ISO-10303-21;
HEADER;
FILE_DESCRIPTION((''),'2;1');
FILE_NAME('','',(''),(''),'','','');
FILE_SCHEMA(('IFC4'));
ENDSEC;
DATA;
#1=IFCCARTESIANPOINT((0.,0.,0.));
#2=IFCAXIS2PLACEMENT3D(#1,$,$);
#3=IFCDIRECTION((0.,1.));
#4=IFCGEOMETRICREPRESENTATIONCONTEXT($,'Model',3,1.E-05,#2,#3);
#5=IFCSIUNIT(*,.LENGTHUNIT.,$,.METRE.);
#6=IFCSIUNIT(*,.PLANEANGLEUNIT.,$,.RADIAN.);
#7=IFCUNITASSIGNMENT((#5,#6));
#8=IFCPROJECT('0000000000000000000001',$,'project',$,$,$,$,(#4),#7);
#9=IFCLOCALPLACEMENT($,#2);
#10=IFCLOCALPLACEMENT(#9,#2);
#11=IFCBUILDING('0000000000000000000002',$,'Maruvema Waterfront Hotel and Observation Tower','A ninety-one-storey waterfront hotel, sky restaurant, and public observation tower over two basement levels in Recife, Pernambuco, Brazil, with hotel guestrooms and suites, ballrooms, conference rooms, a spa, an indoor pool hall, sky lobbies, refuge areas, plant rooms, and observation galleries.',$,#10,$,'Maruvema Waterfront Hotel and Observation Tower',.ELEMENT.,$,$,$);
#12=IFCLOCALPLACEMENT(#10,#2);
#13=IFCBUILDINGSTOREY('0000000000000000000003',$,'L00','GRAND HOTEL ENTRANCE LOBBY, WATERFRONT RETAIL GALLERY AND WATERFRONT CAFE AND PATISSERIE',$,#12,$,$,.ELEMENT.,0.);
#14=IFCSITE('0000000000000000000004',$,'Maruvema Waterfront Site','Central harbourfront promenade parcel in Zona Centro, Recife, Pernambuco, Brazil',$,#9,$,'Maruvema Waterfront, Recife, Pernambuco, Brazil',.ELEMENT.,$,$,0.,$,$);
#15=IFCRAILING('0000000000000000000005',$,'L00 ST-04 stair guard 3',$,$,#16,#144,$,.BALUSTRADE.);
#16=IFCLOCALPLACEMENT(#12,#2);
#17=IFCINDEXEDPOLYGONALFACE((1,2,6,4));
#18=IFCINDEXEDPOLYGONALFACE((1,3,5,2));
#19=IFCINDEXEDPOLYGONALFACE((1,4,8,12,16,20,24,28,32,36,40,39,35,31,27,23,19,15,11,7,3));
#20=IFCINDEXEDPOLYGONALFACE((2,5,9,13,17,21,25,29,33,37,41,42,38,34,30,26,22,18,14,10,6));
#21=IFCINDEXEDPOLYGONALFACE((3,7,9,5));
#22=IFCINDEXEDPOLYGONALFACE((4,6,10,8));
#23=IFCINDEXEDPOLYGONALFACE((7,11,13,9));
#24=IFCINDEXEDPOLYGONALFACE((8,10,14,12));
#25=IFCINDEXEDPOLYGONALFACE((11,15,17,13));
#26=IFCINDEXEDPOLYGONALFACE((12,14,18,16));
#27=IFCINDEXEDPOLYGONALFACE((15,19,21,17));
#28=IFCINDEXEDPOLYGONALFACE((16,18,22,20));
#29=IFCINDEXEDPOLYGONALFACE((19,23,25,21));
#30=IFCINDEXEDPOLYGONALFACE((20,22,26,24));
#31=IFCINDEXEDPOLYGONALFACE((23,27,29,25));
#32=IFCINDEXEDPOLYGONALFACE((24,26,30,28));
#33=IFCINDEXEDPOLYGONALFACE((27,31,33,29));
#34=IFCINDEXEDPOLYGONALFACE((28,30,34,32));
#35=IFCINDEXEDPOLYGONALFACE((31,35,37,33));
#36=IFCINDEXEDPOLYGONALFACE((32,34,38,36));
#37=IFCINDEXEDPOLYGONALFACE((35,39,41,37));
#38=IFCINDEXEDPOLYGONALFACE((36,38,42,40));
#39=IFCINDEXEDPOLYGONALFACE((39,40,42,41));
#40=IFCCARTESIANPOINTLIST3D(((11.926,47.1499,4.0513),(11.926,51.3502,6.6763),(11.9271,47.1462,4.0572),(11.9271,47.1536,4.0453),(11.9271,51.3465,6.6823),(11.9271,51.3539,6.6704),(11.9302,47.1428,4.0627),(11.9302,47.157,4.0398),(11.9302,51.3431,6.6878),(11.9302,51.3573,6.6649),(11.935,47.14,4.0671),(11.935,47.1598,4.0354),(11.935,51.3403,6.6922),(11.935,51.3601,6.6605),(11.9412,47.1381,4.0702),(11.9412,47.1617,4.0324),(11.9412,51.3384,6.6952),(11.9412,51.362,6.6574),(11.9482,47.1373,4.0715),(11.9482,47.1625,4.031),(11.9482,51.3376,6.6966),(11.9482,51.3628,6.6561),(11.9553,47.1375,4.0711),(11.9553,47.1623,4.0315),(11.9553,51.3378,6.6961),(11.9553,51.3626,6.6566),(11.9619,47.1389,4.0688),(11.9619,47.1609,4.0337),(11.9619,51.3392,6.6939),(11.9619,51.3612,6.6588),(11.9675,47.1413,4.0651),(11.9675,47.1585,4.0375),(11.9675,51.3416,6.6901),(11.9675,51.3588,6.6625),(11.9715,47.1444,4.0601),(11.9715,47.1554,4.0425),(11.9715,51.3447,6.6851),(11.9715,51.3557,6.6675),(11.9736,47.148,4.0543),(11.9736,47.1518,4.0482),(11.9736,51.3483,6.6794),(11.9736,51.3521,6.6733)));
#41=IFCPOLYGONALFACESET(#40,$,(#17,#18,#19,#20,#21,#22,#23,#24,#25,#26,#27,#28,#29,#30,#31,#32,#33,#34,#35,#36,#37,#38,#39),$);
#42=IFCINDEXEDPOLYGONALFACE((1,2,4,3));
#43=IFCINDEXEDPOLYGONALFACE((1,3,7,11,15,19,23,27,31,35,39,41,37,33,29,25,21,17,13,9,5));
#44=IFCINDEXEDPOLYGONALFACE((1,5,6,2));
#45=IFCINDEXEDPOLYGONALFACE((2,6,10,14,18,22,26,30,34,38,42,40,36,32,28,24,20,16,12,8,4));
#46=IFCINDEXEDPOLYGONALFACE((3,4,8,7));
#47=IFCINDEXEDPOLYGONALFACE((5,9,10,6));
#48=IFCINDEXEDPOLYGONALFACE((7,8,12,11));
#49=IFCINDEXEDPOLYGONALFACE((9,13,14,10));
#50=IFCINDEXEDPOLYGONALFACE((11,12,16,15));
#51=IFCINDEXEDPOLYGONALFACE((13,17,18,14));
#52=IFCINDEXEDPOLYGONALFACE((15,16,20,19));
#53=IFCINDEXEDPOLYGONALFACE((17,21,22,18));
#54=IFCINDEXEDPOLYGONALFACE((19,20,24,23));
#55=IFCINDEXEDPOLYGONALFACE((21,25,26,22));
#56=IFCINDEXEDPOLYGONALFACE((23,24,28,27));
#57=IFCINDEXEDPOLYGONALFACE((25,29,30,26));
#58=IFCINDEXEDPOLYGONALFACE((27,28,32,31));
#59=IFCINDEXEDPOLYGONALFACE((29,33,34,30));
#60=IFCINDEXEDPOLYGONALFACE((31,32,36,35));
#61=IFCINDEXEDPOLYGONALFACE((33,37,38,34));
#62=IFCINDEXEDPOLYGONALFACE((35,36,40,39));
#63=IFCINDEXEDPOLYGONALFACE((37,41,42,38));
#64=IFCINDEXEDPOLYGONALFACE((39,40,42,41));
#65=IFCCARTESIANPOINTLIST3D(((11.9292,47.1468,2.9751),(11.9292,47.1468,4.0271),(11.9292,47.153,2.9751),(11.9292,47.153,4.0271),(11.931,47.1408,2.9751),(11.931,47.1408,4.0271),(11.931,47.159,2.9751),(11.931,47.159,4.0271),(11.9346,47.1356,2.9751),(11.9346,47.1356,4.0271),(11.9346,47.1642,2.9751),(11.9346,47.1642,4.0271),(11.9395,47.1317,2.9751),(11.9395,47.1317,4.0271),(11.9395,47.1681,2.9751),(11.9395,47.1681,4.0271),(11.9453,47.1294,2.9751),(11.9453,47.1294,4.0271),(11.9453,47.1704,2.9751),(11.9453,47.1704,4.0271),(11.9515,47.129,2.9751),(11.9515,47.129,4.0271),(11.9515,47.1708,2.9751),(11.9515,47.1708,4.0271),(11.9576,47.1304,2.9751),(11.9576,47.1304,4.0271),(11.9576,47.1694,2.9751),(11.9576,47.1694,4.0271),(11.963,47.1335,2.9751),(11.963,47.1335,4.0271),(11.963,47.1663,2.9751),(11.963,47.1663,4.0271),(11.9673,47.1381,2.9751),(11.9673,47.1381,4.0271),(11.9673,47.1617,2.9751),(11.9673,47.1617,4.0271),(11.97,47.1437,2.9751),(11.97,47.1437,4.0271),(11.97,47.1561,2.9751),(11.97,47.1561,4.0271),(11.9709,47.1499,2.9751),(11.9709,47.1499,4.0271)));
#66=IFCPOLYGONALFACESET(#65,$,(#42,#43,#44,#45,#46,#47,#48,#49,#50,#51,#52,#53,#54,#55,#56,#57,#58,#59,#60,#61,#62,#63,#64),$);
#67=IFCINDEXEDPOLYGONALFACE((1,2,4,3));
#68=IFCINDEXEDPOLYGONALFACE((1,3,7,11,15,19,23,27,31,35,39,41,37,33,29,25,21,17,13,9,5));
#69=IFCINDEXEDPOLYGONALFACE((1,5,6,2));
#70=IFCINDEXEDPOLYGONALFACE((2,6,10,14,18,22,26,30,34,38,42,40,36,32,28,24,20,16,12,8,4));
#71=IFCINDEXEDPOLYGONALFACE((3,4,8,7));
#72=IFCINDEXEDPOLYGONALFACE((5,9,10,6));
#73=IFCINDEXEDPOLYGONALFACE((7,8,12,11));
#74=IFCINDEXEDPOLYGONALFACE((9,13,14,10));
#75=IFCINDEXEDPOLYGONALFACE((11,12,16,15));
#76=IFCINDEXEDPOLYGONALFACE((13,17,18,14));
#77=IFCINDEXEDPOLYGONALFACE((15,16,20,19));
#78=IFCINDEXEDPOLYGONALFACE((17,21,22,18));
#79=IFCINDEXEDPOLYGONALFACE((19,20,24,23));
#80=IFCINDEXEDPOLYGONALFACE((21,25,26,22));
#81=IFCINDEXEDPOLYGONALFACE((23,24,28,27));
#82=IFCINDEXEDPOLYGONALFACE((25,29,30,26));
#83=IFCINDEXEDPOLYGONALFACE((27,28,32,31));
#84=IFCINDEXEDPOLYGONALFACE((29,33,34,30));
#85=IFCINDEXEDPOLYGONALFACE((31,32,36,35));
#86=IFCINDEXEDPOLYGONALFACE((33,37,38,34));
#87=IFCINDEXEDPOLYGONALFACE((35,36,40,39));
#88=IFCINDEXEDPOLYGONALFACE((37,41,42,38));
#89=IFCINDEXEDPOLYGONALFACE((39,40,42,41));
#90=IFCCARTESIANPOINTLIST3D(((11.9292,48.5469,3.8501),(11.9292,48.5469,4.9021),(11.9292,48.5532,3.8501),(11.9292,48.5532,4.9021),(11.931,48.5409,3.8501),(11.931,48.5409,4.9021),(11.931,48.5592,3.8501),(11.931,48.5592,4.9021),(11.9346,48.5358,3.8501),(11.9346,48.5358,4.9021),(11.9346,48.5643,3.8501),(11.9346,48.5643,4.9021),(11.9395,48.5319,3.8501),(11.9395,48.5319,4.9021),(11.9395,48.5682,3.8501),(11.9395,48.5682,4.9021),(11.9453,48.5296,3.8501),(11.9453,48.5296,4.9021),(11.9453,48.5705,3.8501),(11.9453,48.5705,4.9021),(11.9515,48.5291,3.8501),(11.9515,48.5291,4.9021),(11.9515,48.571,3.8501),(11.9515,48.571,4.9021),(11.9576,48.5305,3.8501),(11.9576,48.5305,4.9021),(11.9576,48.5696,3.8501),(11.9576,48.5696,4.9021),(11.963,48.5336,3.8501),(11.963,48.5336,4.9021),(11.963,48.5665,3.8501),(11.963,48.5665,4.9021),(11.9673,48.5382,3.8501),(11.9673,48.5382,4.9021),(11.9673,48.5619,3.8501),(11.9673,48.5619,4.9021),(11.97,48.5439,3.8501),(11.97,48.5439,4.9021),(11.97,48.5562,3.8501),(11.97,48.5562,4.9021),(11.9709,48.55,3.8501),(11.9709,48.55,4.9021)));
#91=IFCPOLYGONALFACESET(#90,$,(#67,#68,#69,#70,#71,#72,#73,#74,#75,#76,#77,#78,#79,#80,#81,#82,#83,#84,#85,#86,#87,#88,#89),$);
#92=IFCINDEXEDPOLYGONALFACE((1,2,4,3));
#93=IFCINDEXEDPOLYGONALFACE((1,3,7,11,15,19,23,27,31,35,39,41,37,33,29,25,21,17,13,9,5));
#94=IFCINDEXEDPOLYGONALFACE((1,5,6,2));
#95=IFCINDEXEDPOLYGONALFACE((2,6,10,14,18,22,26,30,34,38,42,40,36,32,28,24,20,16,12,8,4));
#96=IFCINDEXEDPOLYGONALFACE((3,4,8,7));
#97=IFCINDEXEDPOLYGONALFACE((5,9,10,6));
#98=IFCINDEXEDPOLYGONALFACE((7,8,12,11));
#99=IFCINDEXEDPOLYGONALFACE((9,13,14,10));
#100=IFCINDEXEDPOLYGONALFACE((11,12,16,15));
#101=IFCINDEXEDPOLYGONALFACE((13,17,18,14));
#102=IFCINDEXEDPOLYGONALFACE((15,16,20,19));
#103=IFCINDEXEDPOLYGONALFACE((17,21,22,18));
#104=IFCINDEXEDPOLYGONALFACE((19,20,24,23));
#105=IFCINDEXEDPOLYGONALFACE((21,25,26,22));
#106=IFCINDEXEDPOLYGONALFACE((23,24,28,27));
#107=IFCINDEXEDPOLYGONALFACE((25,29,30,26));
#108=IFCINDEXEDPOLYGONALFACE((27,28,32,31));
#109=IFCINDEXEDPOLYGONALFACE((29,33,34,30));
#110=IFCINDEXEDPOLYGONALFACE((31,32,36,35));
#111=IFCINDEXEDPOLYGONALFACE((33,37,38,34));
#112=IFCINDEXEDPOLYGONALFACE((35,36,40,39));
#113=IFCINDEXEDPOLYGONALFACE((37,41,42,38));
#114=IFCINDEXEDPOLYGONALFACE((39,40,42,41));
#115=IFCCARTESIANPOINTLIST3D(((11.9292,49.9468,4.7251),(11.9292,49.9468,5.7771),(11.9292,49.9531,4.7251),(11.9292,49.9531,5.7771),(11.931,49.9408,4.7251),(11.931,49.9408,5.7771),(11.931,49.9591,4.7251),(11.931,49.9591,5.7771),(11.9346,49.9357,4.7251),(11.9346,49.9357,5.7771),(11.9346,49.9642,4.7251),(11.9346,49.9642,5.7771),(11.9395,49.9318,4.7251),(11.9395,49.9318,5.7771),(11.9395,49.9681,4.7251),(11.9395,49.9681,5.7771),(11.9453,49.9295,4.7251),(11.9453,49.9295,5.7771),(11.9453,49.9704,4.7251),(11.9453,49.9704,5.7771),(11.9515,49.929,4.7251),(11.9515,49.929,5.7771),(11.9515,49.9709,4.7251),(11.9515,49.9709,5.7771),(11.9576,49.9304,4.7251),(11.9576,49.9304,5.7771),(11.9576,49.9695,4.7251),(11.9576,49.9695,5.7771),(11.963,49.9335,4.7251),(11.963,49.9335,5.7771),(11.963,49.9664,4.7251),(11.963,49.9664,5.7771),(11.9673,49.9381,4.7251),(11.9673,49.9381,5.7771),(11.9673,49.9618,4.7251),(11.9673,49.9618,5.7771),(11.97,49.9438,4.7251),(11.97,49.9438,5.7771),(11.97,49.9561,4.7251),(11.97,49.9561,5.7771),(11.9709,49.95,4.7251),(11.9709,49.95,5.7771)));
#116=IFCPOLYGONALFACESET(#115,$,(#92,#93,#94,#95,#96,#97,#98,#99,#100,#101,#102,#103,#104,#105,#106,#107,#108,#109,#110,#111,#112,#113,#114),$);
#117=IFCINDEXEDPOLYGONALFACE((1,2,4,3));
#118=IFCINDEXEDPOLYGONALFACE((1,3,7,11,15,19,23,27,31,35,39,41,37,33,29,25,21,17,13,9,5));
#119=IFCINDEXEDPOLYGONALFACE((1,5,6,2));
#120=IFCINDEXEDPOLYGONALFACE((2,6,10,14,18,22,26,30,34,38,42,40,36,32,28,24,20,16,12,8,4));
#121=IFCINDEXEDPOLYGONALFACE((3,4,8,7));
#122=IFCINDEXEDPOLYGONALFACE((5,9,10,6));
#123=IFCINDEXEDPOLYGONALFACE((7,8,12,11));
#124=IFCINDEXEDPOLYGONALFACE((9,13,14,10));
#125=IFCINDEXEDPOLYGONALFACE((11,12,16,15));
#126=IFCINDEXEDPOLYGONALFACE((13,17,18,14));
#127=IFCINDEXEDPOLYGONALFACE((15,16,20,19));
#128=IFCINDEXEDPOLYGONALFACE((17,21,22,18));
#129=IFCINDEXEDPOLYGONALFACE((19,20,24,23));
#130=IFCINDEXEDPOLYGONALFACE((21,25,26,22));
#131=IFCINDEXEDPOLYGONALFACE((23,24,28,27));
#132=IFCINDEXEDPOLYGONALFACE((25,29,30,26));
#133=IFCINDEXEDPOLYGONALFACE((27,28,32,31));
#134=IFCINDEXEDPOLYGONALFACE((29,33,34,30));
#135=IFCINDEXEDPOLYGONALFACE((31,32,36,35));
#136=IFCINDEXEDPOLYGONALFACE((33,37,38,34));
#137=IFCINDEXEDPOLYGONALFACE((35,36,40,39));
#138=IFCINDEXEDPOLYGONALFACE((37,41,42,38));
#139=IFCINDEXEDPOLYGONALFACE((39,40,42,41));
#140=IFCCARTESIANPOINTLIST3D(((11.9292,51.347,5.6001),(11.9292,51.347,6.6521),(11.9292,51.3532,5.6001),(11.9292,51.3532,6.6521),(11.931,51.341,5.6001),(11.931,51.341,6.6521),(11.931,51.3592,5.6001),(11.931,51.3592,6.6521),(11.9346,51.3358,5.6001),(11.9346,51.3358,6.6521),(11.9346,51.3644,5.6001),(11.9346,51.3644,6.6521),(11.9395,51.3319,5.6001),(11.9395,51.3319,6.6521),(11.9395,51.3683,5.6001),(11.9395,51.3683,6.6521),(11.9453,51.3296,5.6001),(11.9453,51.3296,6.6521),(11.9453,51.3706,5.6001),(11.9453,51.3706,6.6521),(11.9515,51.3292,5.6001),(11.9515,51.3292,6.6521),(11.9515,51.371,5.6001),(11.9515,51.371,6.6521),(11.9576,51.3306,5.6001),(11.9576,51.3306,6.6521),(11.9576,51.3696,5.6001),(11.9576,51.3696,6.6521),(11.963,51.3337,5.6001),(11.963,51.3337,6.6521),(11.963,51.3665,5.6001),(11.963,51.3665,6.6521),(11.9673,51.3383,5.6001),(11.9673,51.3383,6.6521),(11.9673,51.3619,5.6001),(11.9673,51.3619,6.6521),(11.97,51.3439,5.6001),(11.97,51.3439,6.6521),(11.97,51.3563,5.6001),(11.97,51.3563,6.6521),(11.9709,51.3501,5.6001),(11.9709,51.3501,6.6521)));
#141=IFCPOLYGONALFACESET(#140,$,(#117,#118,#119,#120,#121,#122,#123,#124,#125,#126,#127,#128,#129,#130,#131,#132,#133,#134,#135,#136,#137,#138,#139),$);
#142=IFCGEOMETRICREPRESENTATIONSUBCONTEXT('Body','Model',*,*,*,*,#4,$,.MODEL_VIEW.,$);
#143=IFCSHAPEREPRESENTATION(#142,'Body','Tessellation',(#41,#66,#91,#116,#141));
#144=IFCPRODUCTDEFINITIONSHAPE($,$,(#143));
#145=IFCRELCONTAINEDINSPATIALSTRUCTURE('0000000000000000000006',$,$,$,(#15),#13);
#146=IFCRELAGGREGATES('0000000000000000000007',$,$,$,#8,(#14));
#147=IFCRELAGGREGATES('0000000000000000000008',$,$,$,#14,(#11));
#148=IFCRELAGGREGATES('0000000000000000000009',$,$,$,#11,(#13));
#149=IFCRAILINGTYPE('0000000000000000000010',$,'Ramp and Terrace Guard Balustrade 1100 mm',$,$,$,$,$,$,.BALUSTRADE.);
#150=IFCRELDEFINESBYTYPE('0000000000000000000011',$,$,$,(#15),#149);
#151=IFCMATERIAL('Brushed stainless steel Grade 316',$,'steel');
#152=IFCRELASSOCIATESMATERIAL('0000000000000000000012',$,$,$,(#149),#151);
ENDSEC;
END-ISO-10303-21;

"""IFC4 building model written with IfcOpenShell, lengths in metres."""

from ifc_helpers import new_model, si_unit, direction, frame, origin, origin_2d, place, context, subcontext, project, spatial, circle, extrude, material, type_object, element, save


model = new_model("IFC4")

# Units and contexts
model_context = context("Model", 3, precision=1e-05, world=origin(), true_north=direction((0.0, 1.0)))
body_context = subcontext(model_context, "Body", "Model", "MODEL_VIEW")
ifc_project = project(units=[si_unit("LENGTHUNIT", "METRE"), si_unit("PLANEANGLEUNIT", "RADIAN")], contexts=[model_context])

# Site, building, storey
site_placement = place(None, origin())
site = spatial("IfcSite", under=ifc_project, at=site_placement, Name="Maruvema Waterfront Site", Description="Central harbourfront promenade parcel in Zona Centro, Recife, Pernambuco, Brazil", LongName="Maruvema Waterfront, Recife, Pernambuco, Brazil", CompositionType="ELEMENT", RefElevation=0.0)
building_placement = place(site_placement, origin())
building = spatial("IfcBuilding", under=site, at=building_placement, Name="Maruvema Waterfront Hotel and Observation Tower", Description="A ninety-one-storey waterfront hotel, sky restaurant, and public observation tower over two basement levels in Recife, Pernambuco, Brazil, with hotel guestrooms and suites, ballrooms, conference rooms, a spa, an indoor pool hall, sky lobbies, refuge areas, plant rooms, and observation galleries.", LongName="Maruvema Waterfront Hotel and Observation Tower", CompositionType="ELEMENT")
storey_placement = place(building_placement, origin())
storey = spatial("IfcBuildingStorey", under=building, at=storey_placement, Name="L00", Description="GRAND HOTEL ENTRANCE LOBBY, WATERFRONT RETAIL GALLERY AND WATERFRONT CAFE AND PATISSERIE", CompositionType="ELEMENT", Elevation=0.0)

# Railing
ifc_material_1 = material(Name="Brushed stainless steel Grade 316", Category="steel")
railing_type_1 = type_object("IfcRailingType", Name="Ramp and Terrace Guard Balustrade 1100 mm", PredefinedType="BALUSTRADE", material=ifc_material_1)
railing_1_placement = place(storey_placement, frame((11.95, 47.1499, 2.9751)))
element("IfcRailing", 1, at=railing_1_placement, inside=storey, type_object=railing_type_1, Name="L00 ST-04 stair guard 3", PredefinedType="BALUSTRADE", context=body_context, shape_type="SweptSolid", body=[
    extrude(circle(Radius=0.0239, at=origin_2d()), frame((0.0, 0.0, 1.0762), z_axis=(0.0, 0.848009, 0.529981), x_axis=(-1.0, 0.0, 0.0)), (0.0, 0.0, 1.0), 4.9531),
    extrude(circle(Radius=0.021, at=origin_2d()), origin(), (0.0, 0.0, 1.0), 1.052),
    extrude(circle(Radius=0.021, at=origin_2d()), frame((0.0, 1.4001, 0.875)), (0.0, 0.0, 1.0), 1.052),
    extrude(circle(Radius=0.021, at=origin_2d()), frame((0.0, 2.8, 1.75)), (0.0, 0.0, 1.0), 1.052),
    extrude(circle(Radius=0.021, at=origin_2d()), frame((0.0, 4.2002, 2.625)), (0.0, 0.0, 1.0), 1.052),
])

save(model, "model.ifc")
